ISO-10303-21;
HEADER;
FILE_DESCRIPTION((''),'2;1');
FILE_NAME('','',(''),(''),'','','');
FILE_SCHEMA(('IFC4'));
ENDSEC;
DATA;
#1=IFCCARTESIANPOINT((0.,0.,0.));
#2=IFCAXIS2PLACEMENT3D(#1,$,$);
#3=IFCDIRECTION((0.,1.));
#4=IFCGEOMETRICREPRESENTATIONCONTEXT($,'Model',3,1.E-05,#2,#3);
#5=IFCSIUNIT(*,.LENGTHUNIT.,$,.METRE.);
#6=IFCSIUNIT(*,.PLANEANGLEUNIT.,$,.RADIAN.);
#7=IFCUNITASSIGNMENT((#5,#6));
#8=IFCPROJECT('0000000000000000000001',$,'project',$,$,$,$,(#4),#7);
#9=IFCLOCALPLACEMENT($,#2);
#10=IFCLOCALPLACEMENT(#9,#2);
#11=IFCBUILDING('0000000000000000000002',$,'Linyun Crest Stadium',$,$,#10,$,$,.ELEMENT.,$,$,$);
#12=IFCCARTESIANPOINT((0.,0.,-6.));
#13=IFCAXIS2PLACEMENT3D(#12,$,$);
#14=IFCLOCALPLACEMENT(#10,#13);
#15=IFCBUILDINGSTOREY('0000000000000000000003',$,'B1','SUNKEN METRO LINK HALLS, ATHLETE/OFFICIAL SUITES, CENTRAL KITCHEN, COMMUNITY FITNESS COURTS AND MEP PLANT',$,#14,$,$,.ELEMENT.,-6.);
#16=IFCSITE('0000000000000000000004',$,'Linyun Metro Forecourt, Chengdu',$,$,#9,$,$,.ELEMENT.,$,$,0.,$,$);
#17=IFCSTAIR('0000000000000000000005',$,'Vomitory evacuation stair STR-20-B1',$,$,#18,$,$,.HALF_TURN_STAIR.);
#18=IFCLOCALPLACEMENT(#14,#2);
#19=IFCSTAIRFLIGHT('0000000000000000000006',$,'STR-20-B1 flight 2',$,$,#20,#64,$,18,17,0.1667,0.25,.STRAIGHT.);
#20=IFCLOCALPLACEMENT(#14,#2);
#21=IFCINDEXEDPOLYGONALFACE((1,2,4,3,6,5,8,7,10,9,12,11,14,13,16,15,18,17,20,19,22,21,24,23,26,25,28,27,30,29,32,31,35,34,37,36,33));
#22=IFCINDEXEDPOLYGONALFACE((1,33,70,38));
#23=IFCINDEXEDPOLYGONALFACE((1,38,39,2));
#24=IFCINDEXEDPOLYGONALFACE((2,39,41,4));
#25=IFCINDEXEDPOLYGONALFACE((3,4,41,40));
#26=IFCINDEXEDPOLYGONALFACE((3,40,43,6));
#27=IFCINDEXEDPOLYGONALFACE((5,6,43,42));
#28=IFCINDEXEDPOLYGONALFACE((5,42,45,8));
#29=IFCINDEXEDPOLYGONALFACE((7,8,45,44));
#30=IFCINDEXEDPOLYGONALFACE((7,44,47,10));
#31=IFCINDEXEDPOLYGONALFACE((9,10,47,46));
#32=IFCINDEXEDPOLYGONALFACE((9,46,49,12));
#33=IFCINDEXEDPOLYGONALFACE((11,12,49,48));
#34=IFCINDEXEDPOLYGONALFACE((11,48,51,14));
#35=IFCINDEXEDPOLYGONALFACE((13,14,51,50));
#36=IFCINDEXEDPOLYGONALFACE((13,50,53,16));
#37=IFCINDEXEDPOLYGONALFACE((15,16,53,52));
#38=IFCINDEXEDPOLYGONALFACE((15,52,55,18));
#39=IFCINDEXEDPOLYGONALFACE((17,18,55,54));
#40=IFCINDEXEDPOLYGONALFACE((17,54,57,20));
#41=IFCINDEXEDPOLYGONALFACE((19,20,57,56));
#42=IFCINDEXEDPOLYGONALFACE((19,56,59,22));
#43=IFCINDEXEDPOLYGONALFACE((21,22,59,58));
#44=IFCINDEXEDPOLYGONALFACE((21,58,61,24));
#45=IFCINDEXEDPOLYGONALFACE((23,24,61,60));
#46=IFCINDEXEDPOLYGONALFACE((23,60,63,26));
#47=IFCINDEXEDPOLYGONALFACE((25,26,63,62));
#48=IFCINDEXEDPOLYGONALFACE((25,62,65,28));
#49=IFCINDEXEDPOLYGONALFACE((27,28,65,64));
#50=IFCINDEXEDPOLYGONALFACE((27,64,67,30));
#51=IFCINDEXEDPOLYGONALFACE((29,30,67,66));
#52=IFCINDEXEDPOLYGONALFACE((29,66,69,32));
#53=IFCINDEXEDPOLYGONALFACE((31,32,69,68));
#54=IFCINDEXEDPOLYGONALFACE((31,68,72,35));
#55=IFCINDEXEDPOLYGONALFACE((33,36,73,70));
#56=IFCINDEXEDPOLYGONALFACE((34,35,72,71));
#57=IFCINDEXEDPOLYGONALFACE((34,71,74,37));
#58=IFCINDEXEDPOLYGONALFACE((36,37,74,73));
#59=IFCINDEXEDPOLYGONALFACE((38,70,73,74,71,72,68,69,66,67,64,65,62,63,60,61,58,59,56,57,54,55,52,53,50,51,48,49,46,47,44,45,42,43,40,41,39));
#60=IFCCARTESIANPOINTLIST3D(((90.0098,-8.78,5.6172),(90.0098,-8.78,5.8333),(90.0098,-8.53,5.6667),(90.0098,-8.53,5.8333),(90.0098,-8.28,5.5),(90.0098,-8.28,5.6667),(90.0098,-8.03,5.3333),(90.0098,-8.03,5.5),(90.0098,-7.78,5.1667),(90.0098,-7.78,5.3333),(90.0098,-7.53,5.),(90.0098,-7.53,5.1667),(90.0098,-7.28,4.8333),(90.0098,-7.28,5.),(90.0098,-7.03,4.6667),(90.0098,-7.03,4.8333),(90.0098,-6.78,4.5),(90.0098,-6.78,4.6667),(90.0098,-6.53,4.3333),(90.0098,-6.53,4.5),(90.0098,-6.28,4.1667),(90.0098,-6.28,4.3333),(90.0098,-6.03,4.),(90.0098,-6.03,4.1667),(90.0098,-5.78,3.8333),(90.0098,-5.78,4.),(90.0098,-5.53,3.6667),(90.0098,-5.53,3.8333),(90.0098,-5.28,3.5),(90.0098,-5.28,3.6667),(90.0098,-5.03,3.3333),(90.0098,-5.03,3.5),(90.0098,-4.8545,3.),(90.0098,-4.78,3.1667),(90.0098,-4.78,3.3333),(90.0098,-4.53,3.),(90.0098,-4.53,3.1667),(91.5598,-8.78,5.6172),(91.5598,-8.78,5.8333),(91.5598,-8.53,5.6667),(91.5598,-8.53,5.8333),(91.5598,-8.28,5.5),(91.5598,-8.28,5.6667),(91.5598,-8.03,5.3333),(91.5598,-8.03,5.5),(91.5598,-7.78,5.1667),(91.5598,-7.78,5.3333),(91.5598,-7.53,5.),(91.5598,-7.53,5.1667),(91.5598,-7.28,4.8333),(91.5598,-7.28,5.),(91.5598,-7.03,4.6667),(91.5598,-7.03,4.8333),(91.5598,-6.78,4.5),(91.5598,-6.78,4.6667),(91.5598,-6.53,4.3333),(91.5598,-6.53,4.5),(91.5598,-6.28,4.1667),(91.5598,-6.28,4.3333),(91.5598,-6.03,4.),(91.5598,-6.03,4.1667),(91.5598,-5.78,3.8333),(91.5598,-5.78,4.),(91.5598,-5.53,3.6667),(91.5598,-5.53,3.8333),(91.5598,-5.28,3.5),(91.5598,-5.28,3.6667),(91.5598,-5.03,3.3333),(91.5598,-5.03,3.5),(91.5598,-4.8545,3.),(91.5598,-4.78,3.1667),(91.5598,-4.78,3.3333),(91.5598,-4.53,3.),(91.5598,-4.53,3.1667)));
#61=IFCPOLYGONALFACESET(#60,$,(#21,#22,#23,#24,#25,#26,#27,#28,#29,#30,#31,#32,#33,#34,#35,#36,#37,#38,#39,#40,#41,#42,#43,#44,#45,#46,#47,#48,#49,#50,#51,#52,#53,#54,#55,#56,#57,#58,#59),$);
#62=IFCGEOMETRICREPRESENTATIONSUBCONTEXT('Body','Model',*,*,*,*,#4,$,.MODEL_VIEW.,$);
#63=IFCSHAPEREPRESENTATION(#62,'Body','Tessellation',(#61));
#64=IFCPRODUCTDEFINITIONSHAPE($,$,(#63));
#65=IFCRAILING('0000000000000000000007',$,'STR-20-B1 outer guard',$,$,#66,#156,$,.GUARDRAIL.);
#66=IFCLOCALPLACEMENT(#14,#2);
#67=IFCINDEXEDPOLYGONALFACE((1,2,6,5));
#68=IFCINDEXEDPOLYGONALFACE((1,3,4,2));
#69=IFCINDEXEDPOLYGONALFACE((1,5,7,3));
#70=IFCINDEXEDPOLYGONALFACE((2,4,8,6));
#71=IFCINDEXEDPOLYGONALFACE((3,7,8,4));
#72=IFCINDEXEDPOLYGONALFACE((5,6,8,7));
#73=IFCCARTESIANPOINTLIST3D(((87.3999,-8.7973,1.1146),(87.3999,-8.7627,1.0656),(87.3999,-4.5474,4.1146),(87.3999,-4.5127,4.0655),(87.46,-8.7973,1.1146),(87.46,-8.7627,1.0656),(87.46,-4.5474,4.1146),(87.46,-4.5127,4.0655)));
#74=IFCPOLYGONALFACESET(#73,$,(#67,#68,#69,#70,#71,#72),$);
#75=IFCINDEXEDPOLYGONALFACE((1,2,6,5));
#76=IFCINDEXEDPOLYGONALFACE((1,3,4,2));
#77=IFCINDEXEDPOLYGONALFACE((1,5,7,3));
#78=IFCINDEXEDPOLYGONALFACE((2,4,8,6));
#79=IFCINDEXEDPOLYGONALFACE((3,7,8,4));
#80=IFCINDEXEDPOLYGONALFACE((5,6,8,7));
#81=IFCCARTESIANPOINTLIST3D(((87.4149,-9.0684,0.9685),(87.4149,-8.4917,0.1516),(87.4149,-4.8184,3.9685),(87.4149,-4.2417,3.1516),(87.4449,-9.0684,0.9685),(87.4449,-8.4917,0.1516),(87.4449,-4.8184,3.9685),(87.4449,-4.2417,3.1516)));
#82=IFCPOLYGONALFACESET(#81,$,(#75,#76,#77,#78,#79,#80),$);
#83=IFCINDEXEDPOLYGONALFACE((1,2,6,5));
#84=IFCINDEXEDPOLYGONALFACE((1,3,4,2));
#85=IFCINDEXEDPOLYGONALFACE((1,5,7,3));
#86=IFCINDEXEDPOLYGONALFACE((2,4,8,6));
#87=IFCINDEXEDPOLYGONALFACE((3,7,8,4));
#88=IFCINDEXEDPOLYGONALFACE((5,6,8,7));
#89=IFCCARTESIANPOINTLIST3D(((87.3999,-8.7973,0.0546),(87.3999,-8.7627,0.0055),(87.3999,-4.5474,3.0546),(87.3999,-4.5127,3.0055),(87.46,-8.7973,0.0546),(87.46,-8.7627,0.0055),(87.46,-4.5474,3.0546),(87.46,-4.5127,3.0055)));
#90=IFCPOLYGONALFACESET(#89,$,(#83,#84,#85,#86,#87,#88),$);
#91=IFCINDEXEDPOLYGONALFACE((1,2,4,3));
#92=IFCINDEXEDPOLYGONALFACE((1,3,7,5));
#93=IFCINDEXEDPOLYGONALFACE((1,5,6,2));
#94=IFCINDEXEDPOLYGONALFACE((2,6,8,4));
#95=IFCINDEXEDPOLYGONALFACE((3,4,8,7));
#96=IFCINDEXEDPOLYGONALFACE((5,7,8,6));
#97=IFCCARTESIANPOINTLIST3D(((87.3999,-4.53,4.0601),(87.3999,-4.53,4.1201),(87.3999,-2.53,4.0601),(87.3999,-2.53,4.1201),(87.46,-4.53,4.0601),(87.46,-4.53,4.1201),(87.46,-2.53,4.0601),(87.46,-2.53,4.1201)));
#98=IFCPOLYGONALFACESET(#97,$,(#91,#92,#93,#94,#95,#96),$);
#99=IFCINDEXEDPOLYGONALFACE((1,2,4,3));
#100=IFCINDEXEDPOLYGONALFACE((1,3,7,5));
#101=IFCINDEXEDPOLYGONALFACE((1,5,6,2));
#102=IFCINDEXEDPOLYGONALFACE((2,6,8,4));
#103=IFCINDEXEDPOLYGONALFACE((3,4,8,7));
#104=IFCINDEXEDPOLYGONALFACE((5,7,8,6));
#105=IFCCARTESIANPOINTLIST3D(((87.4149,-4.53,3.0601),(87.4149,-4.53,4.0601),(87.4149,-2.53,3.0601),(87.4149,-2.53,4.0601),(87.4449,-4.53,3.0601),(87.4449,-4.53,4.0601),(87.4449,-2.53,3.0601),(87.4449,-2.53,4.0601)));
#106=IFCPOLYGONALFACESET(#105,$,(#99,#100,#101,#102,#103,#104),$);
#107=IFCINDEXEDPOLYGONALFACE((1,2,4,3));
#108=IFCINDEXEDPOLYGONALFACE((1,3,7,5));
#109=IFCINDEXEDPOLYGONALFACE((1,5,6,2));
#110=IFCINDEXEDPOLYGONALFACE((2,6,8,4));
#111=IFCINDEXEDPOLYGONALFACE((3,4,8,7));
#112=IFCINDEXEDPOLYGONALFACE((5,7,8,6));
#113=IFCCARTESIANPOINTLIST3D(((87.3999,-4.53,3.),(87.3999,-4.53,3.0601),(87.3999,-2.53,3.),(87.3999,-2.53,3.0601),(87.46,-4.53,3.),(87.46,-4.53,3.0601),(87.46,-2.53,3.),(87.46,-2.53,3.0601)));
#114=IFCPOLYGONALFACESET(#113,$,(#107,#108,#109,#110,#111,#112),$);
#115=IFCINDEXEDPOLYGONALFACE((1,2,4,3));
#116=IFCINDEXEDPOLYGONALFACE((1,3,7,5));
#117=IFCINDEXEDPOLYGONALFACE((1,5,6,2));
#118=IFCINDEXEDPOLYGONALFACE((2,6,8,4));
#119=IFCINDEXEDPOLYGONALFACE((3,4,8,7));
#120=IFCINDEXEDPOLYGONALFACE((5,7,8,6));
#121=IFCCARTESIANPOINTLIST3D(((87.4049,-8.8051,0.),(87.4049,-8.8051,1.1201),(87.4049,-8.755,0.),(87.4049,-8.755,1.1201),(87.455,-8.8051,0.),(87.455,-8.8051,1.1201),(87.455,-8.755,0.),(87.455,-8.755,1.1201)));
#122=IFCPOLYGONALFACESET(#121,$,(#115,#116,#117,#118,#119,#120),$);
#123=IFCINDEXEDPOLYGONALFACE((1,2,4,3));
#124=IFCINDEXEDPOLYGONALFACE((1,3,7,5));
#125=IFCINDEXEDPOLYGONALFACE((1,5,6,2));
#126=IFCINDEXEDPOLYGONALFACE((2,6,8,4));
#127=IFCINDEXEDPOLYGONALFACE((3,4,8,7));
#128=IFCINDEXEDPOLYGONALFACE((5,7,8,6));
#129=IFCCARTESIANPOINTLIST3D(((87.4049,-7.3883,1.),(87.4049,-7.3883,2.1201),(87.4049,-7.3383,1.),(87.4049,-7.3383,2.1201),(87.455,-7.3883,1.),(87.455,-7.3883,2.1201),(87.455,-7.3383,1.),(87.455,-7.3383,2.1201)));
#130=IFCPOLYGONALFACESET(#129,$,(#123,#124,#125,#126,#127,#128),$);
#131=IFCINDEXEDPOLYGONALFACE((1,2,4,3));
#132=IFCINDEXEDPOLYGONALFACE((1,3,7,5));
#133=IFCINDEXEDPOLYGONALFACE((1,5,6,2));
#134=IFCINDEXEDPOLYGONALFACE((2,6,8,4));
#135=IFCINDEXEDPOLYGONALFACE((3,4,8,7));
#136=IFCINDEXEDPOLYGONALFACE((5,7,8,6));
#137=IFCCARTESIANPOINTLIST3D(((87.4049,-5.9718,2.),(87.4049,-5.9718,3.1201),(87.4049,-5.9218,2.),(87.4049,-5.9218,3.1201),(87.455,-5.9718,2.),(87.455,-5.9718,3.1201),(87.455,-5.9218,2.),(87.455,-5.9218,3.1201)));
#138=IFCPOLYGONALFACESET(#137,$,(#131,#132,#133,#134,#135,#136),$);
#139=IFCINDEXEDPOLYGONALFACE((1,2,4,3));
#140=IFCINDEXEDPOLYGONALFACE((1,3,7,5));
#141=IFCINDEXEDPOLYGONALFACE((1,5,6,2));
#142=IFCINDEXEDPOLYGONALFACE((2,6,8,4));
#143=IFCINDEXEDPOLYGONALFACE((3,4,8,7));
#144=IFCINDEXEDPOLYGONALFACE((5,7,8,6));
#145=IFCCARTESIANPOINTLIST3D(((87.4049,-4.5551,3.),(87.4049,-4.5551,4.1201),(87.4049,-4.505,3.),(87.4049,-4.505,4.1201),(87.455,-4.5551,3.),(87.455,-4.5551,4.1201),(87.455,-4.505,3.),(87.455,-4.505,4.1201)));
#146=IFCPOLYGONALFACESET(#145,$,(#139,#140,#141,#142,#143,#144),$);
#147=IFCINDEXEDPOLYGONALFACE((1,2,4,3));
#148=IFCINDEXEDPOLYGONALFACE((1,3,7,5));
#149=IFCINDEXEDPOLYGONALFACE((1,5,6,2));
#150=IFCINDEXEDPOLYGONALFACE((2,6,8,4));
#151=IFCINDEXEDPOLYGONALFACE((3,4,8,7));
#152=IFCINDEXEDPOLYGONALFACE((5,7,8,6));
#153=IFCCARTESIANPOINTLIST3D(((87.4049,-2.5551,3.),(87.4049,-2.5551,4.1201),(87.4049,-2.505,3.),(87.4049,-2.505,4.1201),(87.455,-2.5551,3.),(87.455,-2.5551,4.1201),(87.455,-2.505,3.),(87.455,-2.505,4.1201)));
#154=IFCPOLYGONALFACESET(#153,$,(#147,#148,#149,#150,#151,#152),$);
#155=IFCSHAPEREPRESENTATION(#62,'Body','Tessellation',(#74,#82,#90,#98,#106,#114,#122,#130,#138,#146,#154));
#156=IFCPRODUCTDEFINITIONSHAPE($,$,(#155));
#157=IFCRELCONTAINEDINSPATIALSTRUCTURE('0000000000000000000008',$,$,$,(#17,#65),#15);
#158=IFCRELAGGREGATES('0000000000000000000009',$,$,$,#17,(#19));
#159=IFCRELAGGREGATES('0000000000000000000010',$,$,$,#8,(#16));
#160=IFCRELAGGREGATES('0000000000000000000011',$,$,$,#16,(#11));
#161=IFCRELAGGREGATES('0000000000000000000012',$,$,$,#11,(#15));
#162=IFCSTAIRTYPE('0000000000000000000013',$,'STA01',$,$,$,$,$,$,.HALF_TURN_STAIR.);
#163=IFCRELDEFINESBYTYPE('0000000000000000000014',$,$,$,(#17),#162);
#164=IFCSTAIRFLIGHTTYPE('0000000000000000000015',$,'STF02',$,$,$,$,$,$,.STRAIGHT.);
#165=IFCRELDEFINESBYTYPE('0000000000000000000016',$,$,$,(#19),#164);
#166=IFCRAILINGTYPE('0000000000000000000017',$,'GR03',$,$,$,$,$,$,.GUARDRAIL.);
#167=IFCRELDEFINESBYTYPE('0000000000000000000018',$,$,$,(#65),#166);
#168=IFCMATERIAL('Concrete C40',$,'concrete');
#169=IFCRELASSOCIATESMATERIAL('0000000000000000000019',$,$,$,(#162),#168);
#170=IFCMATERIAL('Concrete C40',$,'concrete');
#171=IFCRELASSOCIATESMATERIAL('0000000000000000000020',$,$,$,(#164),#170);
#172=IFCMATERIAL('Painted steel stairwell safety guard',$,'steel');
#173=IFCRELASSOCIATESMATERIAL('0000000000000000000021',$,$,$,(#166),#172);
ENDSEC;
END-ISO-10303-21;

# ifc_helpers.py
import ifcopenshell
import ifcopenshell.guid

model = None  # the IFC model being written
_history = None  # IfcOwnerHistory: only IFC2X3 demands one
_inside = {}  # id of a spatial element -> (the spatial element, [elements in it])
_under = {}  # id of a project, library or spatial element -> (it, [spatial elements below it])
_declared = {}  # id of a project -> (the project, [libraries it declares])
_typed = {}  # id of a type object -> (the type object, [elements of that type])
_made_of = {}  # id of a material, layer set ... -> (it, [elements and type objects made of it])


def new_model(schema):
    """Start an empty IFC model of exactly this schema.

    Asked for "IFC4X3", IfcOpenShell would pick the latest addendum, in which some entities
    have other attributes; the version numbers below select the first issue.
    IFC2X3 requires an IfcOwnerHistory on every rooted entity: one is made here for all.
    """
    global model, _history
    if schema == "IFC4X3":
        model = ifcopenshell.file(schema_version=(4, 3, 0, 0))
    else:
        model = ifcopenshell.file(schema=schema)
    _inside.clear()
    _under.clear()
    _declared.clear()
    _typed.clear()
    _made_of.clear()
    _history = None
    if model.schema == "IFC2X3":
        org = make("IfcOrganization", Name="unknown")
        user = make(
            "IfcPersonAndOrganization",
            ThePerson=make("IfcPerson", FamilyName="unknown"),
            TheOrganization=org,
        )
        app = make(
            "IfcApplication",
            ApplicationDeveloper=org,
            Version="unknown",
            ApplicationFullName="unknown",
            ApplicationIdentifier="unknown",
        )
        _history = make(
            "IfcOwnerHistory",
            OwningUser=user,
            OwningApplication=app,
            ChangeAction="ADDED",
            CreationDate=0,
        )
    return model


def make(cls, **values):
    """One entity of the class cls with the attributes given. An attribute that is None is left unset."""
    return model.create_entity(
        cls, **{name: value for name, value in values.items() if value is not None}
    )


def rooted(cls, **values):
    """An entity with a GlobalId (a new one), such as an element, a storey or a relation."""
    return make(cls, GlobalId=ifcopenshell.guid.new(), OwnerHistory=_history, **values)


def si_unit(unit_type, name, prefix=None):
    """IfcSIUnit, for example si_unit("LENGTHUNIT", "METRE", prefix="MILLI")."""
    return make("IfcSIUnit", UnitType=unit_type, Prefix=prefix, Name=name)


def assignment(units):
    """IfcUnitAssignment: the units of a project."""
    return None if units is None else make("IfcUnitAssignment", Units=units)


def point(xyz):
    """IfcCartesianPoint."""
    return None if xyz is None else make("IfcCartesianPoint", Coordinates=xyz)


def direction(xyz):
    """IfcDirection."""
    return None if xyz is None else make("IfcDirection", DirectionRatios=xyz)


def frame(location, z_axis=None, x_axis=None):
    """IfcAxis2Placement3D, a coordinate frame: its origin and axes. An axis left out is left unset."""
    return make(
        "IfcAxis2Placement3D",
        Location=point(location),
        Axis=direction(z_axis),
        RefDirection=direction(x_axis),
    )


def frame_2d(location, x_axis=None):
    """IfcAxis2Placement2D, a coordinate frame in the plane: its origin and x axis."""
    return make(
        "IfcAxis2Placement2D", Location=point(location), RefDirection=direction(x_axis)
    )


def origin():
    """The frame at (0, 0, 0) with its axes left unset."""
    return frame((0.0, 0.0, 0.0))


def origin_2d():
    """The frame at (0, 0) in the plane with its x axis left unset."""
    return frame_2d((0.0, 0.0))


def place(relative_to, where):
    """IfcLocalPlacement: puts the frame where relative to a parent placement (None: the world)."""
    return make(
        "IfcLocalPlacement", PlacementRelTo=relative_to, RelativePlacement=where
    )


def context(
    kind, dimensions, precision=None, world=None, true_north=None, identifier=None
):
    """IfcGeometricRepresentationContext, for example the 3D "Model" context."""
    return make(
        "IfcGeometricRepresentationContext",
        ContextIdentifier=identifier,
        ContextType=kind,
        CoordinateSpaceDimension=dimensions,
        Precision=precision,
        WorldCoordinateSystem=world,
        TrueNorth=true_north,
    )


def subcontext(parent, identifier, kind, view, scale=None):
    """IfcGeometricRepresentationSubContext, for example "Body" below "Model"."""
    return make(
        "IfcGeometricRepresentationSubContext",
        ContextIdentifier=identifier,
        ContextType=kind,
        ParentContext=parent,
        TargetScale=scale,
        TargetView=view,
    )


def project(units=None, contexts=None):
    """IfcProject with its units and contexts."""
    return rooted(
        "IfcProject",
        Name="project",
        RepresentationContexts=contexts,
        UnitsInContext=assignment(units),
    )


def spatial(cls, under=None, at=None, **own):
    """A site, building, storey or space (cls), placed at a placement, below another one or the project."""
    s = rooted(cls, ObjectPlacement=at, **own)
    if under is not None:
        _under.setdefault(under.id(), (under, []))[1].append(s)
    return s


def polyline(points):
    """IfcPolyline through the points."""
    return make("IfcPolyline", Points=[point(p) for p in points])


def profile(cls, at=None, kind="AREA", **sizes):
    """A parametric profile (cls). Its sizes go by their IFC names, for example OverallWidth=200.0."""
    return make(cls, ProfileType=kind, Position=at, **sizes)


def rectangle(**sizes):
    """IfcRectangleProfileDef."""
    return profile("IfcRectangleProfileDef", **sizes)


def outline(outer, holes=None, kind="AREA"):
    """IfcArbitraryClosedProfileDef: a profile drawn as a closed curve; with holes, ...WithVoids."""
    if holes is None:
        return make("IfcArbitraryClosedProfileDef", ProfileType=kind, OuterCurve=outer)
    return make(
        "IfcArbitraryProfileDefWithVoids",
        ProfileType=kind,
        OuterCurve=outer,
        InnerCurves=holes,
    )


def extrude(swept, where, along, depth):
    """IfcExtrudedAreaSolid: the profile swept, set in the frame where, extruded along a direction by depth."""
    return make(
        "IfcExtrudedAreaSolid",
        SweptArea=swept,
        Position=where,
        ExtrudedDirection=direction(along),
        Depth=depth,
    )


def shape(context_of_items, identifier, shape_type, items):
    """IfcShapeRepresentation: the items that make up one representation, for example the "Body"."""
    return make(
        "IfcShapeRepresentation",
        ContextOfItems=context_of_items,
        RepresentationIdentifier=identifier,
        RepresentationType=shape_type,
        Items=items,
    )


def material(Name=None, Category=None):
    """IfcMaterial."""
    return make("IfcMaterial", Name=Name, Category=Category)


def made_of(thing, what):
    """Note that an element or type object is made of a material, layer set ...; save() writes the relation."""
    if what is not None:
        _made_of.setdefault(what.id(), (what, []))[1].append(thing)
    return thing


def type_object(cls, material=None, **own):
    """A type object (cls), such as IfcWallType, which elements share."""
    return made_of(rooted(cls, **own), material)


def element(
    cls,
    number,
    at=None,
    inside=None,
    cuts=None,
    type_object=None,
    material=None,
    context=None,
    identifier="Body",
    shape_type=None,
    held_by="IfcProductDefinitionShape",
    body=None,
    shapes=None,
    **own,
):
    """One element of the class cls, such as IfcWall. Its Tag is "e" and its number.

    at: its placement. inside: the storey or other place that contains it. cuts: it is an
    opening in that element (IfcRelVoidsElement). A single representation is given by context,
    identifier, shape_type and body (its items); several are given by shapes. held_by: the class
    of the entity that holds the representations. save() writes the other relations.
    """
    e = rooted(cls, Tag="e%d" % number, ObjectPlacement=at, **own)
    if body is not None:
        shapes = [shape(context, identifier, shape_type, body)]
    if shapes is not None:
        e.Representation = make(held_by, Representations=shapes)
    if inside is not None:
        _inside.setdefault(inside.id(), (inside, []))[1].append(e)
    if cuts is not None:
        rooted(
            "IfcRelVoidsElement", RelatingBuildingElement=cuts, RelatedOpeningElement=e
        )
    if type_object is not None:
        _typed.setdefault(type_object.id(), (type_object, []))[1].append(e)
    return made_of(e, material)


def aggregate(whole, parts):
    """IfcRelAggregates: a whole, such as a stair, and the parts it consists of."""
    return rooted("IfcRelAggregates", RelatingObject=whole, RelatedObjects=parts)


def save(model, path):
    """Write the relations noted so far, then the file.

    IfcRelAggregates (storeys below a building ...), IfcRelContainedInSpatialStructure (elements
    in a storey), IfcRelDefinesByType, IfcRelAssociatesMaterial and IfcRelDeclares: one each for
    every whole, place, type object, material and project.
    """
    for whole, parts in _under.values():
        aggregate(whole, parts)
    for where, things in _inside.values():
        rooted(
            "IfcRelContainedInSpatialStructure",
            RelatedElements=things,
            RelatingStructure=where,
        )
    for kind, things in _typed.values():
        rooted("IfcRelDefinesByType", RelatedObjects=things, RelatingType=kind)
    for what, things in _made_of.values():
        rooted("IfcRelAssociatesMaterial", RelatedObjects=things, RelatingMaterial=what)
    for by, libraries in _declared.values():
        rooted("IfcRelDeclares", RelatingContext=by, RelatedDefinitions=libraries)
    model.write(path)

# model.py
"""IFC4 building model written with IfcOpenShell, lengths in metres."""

from ifc_helpers import new_model, si_unit, direction, frame, origin, origin_2d, place, context, subcontext, project, spatial, polyline, rectangle, outline, extrude, material, type_object, element, aggregate, save


model = new_model("IFC4")

# Units and contexts
model_context = context("Model", 3, precision=1e-05, world=origin(), true_north=direction((0.0, 1.0)))
body_context = subcontext(model_context, "Body", "Model", "MODEL_VIEW")
ifc_project = project(units=[si_unit("LENGTHUNIT", "METRE"), si_unit("PLANEANGLEUNIT", "RADIAN")], contexts=[model_context])

# Site, building, storey
site_placement = place(None, origin())
site = spatial("IfcSite", under=ifc_project, at=site_placement, Name="Linyun Metro Forecourt, Chengdu", CompositionType="ELEMENT", RefElevation=0.0)
building_placement = place(site_placement, origin())
building = spatial("IfcBuilding", under=site, at=building_placement, Name="Linyun Crest Stadium", CompositionType="ELEMENT")
storey_placement = place(building_placement, frame((0.0, 0.0, -6.0)))
storey = spatial("IfcBuildingStorey", under=building, at=storey_placement, Name="B1", Description="SUNKEN METRO LINK HALLS, ATHLETE/OFFICIAL SUITES, CENTRAL KITCHEN, COMMUNITY FITNESS COURTS AND MEP PLANT", CompositionType="ELEMENT", Elevation=-6.0)

# Stair, stair flight
ifc_material_1 = material(Name="Concrete C40", Category="concrete")
stair_type = type_object("IfcStairType", Name="STA01", PredefinedType="HALF_TURN_STAIR", material=ifc_material_1)
stair_placement = place(storey_placement, origin())
stair = element("IfcStair", 1, at=stair_placement, inside=storey, type_object=stair_type, Name="Vomitory evacuation stair STR-20-B1", PredefinedType="HALF_TURN_STAIR")
ifc_material_2 = material(Name="Concrete C40", Category="concrete")
stair_flight_type = type_object("IfcStairFlightType", Name="STF02", PredefinedType="STRAIGHT", material=ifc_material_2)
stair_flight_1_placement = place(storey_placement, frame((90.7849, -4.53, 3.0), z_axis=(0.0, 0.0, 1.0), x_axis=(0.0, -1.0, 0.0)))
stair_flight_1 = element("IfcStairFlight", 2, at=stair_flight_1_placement, type_object=stair_flight_type, Name="STR-20-B1 flight 2", NumberOfRisers=18, NumberOfTreads=17, PredefinedType="STRAIGHT", RiserHeight=0.1667, TreadLength=0.25, context=body_context, shape_type="SweptSolid", body=[
    extrude(outline(polyline([(0.0, 0.0), (0.0, 0.1667), (0.25, 0.1667), (0.25, 0.3333), (0.5, 0.3333), (0.5, 0.5), (0.75, 0.5), (0.75, 0.6667), (1.0, 0.6667), (1.0, 0.8333), (1.25, 0.8333), (1.25, 1.0), (1.5, 1.0), (1.5, 1.1667), (1.75, 1.1667), (1.75, 1.3333), (2.0, 1.3333), (2.0, 1.5), (2.25, 1.5), (2.25, 1.6667), (2.5, 1.6667), (2.5, 1.8333), (2.75, 1.8333), (2.75, 2.0), (3.0, 2.0), (3.0, 2.1667), (3.25, 2.1667), (3.25, 2.3333), (3.5, 2.3333), (3.5, 2.5), (3.75, 2.5), (3.75, 2.6667), (4.0, 2.6667), (4.0, 2.8333), (4.25, 2.8333), (4.25, 3.0), (4.25, 2.6172), (0.3245, 0.0), (0.0, 0.0)])), frame((0.0, 0.7749, 0.0), z_axis=(0.0, -1.0, 0.0), x_axis=(1.0, 0.0, 0.0)), (0.0, 0.0, 1.0), 1.55),
])
aggregate(stair, [stair_flight_1])

# Railing
ifc_material_3 = material(Name="Painted steel stairwell safety guard", Category="steel")
railing_type_1 = type_object("IfcRailingType", Name="GR03", PredefinedType="GUARDRAIL", material=ifc_material_3)
railing_1_placement = place(storey_placement, frame((87.4299, -8.78, 0.0)))
element("IfcRailing", 3, at=railing_1_placement, inside=storey, type_object=railing_type_1, Name="STR-20-B1 outer guard", PredefinedType="GUARDRAIL", context=body_context, shape_type="SweptSolid", body=[
    extrude(rectangle(XDim=0.0601, YDim=0.0601, at=origin_2d()), frame((0.0, 0.0, 1.0901), z_axis=(0.0, 0.816968, 0.576683), x_axis=(-1.0, 0.0, 0.0)), (0.0, 0.0, 1.0), 5.2021),
    extrude(rectangle(XDim=0.03, YDim=1.0, at=origin_2d()), frame((0.0, 0.0, 0.5601), z_axis=(0.0, 0.816968, 0.576683), x_axis=(-1.0, 0.0, 0.0)), (0.0, 0.0, 1.0), 5.2021),
    extrude(rectangle(XDim=0.0601, YDim=0.0601, at=origin_2d()), frame((0.0, 0.0, 0.03), z_axis=(0.0, 0.816968, 0.576683), x_axis=(-1.0, 0.0, 0.0)), (0.0, 0.0, 1.0), 5.2021),
    extrude(rectangle(XDim=0.0601, YDim=0.0601, at=origin_2d()), frame((0.0, 4.25, 4.0901), z_axis=(0.0, 1.0, 0.0), x_axis=(-1.0, 0.0, 0.0)), (0.0, 0.0, 1.0), 2.0),
    extrude(rectangle(XDim=0.03, YDim=1.0, at=origin_2d()), frame((0.0, 4.25, 3.5601), z_axis=(0.0, 1.0, 0.0), x_axis=(-1.0, 0.0, 0.0)), (0.0, 0.0, 1.0), 2.0),
    extrude(rectangle(XDim=0.0601, YDim=0.0601, at=origin_2d()), frame((0.0, 4.25, 3.03), z_axis=(0.0, 1.0, 0.0), x_axis=(-1.0, 0.0, 0.0)), (0.0, 0.0, 1.0), 2.0),
    extrude(rectangle(XDim=0.05, YDim=0.05, at=origin_2d()), origin(), (0.0, 0.0, 1.0), 1.1201),
    extrude(rectangle(XDim=0.05, YDim=0.05, at=origin_2d()), frame((0.0, 1.4167, 1.0)), (0.0, 0.0, 1.0), 1.1201),
    extrude(rectangle(XDim=0.05, YDim=0.05, at=origin_2d()), frame((0.0, 2.8333, 2.0)), (0.0, 0.0, 1.0), 1.1201),
    extrude(rectangle(XDim=0.05, YDim=0.05, at=origin_2d()), frame((0.0, 4.25, 3.0)), (0.0, 0.0, 1.0), 1.1201),
    extrude(rectangle(XDim=0.05, YDim=0.05, at=origin_2d()), frame((0.0, 6.25, 3.0)), (0.0, 0.0, 1.0), 1.1201),
])

save(model, "model.ifc")
